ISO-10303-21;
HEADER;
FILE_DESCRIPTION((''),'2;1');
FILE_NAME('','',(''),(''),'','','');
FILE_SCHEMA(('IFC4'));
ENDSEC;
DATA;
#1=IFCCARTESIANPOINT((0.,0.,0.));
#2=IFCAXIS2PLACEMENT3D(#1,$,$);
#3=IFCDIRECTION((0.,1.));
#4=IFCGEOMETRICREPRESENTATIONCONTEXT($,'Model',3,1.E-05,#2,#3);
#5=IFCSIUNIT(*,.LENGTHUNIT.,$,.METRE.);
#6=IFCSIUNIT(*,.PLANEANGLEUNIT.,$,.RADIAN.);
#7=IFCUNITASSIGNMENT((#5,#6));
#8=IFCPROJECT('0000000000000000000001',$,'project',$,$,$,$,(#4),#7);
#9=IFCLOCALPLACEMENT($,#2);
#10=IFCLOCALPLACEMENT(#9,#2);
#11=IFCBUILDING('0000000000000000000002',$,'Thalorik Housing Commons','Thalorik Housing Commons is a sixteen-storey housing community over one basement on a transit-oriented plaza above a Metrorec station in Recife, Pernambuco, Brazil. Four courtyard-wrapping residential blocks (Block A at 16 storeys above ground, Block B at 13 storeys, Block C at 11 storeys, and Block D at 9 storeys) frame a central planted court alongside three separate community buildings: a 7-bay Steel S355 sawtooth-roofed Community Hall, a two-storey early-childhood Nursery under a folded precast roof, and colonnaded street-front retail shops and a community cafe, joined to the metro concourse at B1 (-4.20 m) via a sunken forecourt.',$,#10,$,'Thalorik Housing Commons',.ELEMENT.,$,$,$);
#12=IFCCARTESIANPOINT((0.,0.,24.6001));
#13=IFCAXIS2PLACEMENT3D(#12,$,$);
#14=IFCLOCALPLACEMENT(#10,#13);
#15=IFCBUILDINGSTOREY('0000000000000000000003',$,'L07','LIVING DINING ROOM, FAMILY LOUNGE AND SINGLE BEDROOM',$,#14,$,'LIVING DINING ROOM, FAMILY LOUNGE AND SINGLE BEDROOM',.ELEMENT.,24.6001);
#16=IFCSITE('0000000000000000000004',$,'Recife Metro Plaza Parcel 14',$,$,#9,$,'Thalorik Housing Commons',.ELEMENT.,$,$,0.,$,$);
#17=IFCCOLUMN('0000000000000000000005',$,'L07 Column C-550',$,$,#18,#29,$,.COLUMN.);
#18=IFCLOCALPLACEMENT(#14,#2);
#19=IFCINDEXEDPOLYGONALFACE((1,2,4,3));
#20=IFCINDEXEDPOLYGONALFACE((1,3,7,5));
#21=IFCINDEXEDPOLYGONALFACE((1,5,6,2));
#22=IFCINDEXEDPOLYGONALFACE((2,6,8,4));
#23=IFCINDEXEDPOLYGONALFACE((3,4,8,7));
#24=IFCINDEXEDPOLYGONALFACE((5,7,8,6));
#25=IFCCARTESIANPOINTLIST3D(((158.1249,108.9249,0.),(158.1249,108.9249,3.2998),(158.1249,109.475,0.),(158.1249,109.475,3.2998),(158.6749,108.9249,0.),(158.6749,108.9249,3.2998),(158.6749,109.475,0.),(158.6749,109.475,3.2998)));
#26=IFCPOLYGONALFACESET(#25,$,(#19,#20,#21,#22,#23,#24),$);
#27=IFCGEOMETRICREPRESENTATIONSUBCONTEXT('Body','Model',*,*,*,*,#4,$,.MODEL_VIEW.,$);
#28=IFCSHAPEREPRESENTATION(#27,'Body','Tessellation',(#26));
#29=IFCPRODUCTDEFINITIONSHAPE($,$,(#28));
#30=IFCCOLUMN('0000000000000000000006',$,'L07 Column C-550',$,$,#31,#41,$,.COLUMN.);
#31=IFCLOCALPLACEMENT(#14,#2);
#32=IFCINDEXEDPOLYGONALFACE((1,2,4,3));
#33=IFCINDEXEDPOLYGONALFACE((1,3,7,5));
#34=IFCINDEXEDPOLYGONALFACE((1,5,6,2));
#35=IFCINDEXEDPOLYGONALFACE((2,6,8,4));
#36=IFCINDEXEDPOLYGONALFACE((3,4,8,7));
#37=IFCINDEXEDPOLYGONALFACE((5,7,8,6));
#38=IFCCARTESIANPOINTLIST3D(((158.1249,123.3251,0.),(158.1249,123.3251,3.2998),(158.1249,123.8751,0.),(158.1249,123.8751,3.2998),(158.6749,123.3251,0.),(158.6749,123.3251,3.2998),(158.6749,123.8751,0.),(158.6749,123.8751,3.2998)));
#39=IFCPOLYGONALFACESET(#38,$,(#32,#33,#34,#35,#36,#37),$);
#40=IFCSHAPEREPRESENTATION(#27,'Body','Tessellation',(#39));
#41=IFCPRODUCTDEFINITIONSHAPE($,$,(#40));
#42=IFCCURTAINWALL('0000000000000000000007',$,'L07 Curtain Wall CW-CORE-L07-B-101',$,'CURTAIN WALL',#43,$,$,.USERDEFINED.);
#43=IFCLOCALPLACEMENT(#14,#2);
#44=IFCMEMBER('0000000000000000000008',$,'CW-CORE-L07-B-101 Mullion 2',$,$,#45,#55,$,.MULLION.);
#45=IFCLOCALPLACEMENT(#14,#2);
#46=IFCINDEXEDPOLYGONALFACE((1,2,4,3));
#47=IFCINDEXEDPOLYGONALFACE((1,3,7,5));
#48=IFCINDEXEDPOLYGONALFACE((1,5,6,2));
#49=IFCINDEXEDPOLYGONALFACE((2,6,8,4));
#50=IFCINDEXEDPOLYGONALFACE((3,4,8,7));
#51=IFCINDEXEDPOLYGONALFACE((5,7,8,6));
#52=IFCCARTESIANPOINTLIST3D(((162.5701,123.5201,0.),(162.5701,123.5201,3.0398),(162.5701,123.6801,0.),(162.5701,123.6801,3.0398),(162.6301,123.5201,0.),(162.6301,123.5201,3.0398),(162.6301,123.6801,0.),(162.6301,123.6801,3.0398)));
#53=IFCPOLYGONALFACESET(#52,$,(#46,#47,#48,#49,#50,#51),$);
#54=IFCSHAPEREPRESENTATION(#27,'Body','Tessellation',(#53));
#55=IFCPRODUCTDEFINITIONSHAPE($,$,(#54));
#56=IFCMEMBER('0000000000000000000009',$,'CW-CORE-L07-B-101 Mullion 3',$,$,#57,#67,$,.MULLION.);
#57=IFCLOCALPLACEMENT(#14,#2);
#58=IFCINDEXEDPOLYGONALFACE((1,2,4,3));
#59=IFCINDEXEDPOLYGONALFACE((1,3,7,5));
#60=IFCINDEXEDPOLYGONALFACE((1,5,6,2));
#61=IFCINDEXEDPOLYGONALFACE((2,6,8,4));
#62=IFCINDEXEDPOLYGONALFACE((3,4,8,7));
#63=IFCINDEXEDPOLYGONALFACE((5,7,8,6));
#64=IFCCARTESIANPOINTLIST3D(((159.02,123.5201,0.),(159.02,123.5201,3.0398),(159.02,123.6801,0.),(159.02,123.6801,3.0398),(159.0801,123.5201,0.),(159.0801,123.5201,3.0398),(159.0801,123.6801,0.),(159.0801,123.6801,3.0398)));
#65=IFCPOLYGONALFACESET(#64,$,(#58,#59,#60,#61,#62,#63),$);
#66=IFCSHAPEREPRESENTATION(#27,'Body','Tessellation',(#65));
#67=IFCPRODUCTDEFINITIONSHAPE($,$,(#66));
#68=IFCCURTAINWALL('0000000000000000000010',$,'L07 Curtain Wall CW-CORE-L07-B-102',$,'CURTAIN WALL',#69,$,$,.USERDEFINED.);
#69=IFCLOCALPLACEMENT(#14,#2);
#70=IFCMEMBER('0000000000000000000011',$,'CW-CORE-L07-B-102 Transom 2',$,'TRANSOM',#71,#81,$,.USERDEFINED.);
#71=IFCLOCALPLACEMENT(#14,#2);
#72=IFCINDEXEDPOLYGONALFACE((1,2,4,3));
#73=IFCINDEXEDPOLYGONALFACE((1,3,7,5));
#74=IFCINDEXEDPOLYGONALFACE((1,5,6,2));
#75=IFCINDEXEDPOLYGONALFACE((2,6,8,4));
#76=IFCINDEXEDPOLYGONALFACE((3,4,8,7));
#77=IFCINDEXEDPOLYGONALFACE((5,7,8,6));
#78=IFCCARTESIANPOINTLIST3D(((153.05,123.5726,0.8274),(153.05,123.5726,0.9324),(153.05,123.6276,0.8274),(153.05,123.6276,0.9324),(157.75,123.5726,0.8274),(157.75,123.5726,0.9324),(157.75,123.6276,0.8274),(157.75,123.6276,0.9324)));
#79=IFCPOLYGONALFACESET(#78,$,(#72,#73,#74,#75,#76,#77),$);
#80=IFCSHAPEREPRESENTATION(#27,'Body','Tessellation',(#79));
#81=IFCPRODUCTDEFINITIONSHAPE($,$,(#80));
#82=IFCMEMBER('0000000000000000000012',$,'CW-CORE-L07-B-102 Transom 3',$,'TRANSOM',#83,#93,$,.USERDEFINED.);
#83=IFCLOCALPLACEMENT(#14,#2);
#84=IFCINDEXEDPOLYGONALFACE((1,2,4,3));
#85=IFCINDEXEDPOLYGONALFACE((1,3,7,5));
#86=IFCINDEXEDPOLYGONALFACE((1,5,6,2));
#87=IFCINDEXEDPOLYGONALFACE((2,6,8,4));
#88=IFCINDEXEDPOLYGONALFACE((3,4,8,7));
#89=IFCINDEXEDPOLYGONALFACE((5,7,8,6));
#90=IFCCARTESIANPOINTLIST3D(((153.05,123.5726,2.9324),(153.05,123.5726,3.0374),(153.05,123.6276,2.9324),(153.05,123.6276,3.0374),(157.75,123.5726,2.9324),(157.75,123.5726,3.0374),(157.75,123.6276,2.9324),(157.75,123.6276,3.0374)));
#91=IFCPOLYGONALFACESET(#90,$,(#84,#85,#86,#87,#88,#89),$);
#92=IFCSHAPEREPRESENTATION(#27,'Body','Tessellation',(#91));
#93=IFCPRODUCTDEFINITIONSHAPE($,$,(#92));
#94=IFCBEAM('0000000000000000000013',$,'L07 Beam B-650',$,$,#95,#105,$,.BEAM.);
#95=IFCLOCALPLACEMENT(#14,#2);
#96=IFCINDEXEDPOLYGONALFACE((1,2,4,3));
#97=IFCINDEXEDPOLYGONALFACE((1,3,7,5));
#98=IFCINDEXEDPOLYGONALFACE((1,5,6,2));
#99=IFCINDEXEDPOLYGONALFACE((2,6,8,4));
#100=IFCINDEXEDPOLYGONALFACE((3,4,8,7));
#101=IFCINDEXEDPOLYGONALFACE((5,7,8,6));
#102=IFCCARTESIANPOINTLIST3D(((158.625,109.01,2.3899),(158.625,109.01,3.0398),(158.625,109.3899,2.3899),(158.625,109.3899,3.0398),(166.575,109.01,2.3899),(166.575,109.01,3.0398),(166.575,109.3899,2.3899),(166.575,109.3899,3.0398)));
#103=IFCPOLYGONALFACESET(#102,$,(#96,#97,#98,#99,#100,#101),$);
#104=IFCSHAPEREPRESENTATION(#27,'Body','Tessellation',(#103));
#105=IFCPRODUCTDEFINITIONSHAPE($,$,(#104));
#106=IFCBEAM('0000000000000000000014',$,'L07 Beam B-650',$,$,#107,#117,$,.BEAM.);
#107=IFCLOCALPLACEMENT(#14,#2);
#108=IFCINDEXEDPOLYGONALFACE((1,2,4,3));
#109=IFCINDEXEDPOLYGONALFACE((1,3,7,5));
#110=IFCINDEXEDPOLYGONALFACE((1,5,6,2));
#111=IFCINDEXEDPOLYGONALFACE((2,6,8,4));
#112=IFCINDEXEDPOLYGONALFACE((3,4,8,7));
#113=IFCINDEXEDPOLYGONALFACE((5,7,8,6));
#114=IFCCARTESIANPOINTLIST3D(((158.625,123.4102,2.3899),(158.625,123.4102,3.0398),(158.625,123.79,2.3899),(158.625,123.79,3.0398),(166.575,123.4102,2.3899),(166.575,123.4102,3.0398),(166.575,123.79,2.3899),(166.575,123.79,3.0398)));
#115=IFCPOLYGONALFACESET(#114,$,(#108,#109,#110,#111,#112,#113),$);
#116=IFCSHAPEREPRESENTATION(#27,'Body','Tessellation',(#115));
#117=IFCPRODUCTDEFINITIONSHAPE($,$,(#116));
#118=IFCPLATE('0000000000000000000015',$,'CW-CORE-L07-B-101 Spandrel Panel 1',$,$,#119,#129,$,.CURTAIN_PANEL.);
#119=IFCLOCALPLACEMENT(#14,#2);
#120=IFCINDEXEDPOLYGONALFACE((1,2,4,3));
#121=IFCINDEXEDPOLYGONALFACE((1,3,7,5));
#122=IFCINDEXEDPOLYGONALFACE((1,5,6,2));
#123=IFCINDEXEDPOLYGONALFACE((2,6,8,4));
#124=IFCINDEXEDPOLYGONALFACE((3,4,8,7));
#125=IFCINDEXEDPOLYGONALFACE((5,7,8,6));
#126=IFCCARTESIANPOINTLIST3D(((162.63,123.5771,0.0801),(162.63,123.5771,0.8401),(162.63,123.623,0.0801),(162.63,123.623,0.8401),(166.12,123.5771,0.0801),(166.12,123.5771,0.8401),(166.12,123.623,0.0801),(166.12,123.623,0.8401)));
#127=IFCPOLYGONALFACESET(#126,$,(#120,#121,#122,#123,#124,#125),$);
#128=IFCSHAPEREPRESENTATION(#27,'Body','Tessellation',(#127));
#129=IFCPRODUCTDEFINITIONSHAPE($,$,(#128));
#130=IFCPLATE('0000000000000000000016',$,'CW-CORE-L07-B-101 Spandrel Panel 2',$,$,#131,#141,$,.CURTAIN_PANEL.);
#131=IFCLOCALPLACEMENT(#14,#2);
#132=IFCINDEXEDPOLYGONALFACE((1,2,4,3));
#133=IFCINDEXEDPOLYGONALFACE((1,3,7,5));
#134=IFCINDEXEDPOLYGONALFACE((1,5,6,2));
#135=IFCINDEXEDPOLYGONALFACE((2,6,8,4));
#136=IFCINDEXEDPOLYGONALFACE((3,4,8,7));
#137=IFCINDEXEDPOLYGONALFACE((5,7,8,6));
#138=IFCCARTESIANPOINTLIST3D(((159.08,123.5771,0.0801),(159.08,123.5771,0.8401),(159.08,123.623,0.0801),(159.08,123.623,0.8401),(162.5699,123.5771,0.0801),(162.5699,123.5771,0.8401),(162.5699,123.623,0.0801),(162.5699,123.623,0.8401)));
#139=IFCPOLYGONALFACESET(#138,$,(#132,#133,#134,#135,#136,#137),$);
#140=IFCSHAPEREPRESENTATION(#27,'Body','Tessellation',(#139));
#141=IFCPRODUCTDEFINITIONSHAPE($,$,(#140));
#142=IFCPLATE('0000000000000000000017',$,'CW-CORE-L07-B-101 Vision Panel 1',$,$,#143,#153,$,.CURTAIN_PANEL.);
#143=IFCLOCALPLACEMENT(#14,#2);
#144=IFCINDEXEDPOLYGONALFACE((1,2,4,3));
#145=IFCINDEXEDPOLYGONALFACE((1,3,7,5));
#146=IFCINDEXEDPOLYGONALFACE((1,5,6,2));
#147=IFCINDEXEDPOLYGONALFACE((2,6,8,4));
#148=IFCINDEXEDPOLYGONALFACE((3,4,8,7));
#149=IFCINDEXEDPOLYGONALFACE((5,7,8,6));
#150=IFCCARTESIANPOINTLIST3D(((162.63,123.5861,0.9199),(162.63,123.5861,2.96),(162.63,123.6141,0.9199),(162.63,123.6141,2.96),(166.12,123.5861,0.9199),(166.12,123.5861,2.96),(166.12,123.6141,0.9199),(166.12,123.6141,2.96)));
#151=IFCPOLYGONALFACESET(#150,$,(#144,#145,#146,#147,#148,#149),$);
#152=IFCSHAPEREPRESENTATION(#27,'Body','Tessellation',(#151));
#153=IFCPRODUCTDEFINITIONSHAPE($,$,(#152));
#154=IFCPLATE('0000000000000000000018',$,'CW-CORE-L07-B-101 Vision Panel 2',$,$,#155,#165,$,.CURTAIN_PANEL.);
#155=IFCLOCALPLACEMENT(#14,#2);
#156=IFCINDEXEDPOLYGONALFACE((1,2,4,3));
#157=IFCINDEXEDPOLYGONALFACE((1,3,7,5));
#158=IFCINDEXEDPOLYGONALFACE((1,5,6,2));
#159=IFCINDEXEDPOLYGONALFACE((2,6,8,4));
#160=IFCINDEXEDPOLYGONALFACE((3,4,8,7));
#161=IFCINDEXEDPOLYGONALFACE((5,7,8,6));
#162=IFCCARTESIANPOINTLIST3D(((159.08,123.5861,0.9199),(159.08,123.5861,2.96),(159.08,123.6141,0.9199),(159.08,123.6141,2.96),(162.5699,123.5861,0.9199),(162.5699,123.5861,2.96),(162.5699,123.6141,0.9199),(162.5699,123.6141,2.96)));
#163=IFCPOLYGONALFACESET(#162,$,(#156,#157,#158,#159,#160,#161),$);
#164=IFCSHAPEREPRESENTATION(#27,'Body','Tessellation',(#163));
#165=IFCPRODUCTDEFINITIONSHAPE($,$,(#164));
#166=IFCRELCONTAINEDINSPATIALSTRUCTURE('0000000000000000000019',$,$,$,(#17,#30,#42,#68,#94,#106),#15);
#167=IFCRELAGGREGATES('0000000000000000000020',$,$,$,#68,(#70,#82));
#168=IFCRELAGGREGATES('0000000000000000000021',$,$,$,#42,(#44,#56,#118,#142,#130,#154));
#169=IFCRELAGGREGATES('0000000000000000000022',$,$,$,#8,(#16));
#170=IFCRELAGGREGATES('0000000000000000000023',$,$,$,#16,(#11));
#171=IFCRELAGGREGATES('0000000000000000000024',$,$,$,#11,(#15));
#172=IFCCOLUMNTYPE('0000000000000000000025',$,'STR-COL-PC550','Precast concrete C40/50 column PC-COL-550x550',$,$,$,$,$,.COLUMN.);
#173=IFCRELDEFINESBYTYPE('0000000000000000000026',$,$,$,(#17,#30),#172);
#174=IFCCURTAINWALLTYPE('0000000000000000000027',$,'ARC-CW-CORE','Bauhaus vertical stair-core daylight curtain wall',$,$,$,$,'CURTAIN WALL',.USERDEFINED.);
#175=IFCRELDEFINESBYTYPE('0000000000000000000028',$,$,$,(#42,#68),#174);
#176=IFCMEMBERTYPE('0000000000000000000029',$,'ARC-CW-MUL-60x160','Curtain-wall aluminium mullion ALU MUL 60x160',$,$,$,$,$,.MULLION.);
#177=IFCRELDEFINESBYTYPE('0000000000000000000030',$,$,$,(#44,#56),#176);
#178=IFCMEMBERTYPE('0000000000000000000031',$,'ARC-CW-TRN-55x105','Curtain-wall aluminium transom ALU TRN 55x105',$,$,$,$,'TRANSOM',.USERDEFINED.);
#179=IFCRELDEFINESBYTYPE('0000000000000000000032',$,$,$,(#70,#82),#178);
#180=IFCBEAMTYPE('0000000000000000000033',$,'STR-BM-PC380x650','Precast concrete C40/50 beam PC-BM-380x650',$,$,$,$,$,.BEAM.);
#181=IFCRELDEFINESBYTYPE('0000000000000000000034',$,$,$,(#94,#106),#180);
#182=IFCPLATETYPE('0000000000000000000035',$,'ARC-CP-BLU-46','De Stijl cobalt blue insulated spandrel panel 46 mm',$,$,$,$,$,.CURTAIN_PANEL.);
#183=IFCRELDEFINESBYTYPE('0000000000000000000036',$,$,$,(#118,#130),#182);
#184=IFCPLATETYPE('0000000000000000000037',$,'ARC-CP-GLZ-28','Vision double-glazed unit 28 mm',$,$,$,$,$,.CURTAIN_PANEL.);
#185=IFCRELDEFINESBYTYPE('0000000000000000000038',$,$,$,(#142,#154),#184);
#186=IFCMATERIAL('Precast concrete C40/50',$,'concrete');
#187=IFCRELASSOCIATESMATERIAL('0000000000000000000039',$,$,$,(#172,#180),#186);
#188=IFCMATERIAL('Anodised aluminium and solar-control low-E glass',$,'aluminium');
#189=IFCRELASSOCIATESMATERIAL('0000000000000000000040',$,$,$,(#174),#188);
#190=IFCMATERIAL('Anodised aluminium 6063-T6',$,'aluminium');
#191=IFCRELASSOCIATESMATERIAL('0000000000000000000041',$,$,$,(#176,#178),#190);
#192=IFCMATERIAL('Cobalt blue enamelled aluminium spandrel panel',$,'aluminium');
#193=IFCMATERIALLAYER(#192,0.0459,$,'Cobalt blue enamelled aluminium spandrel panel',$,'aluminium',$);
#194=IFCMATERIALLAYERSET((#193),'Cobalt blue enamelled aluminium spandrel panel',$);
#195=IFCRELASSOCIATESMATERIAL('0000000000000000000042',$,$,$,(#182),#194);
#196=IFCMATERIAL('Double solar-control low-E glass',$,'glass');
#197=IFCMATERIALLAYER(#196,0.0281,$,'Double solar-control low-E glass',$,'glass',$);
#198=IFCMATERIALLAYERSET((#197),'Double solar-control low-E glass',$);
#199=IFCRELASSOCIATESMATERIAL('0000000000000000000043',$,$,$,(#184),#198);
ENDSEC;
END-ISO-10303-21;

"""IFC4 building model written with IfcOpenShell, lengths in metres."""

from ifc_helpers import new_model, si_unit, direction, frame, origin, origin_2d, place, context, subcontext, project, spatial, rectangle, extrude, material, layer, layer_set, material_profile, profile_set, type_object, element, aggregate, save


model = new_model("IFC4")

# Units and contexts
model_context = context("Model", 3, precision=1e-05, world=origin(), true_north=direction((0.0, 1.0)))
body_context = subcontext(model_context, "Body", "Model", "MODEL_VIEW")
ifc_project = project(units=[si_unit("LENGTHUNIT", "METRE"), si_unit("PLANEANGLEUNIT", "RADIAN")], contexts=[model_context])

# Site, building, storey
site_placement = place(None, origin())
site = spatial("IfcSite", under=ifc_project, at=site_placement, Name="Recife Metro Plaza Parcel 14", LongName="Thalorik Housing Commons", CompositionType="ELEMENT", RefElevation=0.0)
building_placement = place(site_placement, origin())
building = spatial("IfcBuilding", under=site, at=building_placement, Name="Thalorik Housing Commons", Description="Thalorik Housing Commons is a sixteen-storey housing community over one basement on a transit-oriented plaza above a Metrorec station in Recife, Pernambuco, Brazil. Four courtyard-wrapping residential blocks (Block A at 16 storeys above ground, Block B at 13 storeys, Block C at 11 storeys, and Block D at 9 storeys) frame a central planted court alongside three separate community buildings: a 7-bay Steel S355 sawtooth-roofed Community Hall, a two-storey early-childhood Nursery under a folded precast roof, and colonnaded street-front retail shops and a community cafe, joined to the metro concourse at B1 (-4.20 m) via a sunken forecourt.", LongName="Thalorik Housing Commons", CompositionType="ELEMENT")
storey_placement = place(building_placement, frame((0.0, 0.0, 24.6001)))
storey = spatial("IfcBuildingStorey", under=building, at=storey_placement, Name="L07", Description="LIVING DINING ROOM, FAMILY LOUNGE AND SINGLE BEDROOM", LongName="LIVING DINING ROOM, FAMILY LOUNGE AND SINGLE BEDROOM", CompositionType="ELEMENT", Elevation=24.6001)

# Columns
ifc_material_1 = material(Name="Precast concrete C40/50", Category="concrete")
ifc_material_profile_1 = material_profile(ifc_material_1, rectangle(XDim=0.55, YDim=0.55, at=origin_2d()), Name="PC 550x550", Category="concrete")
ifc_profile_set_1 = profile_set([ifc_material_profile_1], Name="Precast concrete C40/50")
column_type = type_object("IfcColumnType", Name="STR-COL-PC550", Description="Precast concrete C40/50 column PC-COL-550x550", PredefinedType="COLUMN", material=ifc_profile_set_1)
for number, where, z_axis, x_axis, name in (
    (1, (158.3999, 109.2, 0.0), (0.0, 0.0, 1.0), (1.0, 0.0, 0.0), "L07 Column C-550"),
    (2, (158.3999, 123.6001, 0.0), (0.0, 0.0, 1.0), (1.0, 0.0, 0.0), "L07 Column C-550"),
):
    element("IfcColumn", number, at=place(storey_placement, frame(where, z_axis=z_axis, x_axis=x_axis)), inside=storey, type_object=column_type, Name=name, PredefinedType="COLUMN", context=body_context, shape_type="SweptSolid", body=[
        extrude(rectangle(XDim=0.55, YDim=0.55, at=origin_2d()), origin(), (0.0, 0.0, 1.0), 3.2998),
    ])

# Curtain walls, members
ifc_material_2 = material(Name="Anodised aluminium and solar-control low-E glass", Category="aluminium")
curtain_wall_type = type_object("IfcCurtainWallType", Name="ARC-CW-CORE", Description="Bauhaus vertical stair-core daylight curtain wall", ElementType="CURTAIN WALL", PredefinedType="USERDEFINED", material=ifc_material_2)
curtain_wall_1_placement = place(storey_placement, origin())
curtain_wall_1 = element("IfcCurtainWall", 3, at=curtain_wall_1_placement, inside=storey, type_object=curtain_wall_type, Name="L07 Curtain Wall CW-CORE-L07-B-101", ObjectType="CURTAIN WALL", PredefinedType="USERDEFINED")
ifc_material_3 = material(Name="Anodised aluminium 6063-T6", Category="aluminium")
ifc_material_profile_2 = material_profile(ifc_material_3, rectangle(XDim=0.0601, YDim=0.1599, at=origin_2d()), Name="ALU MUL 60x160", Category="aluminium")
ifc_profile_set_2 = profile_set([ifc_material_profile_2], Name="Anodised aluminium 6063-T6")
member_type_1 = type_object("IfcMemberType", Name="ARC-CW-MUL-60x160", Description="Curtain-wall aluminium mullion ALU MUL 60x160", PredefinedType="MULLION", material=ifc_profile_set_2)
member_1_placement = place(storey_placement, frame((162.6001, 123.6001, 0.0), z_axis=(0.0, 0.0, 1.0), x_axis=(-1.0, 0.0, 0.0)))
member_1 = element("IfcMember", 4, at=member_1_placement, type_object=member_type_1, Name="CW-CORE-L07-B-101 Mullion 2", PredefinedType="MULLION", context=body_context, shape_type="SweptSolid", body=[
    extrude(rectangle(XDim=0.0601, YDim=0.1599, at=origin_2d()), origin(), (0.0, 0.0, 1.0), 3.0398),
])
member_2_placement = place(storey_placement, frame((159.05, 123.6001, 0.0), z_axis=(0.0, 0.0, 1.0), x_axis=(-1.0, 0.0, 0.0)))
member_2 = element("IfcMember", 5, at=member_2_placement, type_object=member_type_1, Name="CW-CORE-L07-B-101 Mullion 3", PredefinedType="MULLION", context=body_context, shape_type="SweptSolid", body=[
    extrude(rectangle(XDim=0.0601, YDim=0.1599, at=origin_2d()), origin(), (0.0, 0.0, 1.0), 3.0398),
])
curtain_wall_2_placement = place(storey_placement, origin())
curtain_wall_2 = element("IfcCurtainWall", 6, at=curtain_wall_2_placement, inside=storey, type_object=curtain_wall_type, Name="L07 Curtain Wall CW-CORE-L07-B-102", ObjectType="CURTAIN WALL", PredefinedType="USERDEFINED")
ifc_material_profile_3 = material_profile(ifc_material_3, rectangle(XDim=0.0549, YDim=0.105, at=origin_2d()), Name="ALU TRN 55x105", Category="aluminium")
ifc_profile_set_3 = profile_set([ifc_material_profile_3], Name="Anodised aluminium 6063-T6")
member_type_2 = type_object("IfcMemberType", Name="ARC-CW-TRN-55x105", Description="Curtain-wall aluminium transom ALU TRN 55x105", ElementType="TRANSOM", PredefinedType="USERDEFINED", material=ifc_profile_set_3)
member_3_placement = place(storey_placement, frame((157.75, 123.6001, 0.8799), z_axis=(-1.0, 0.0, 0.0), x_axis=(0.0, -1.0, 0.0)))
member_3 = element("IfcMember", 7, at=member_3_placement, type_object=member_type_2, Name="CW-CORE-L07-B-102 Transom 2", ObjectType="TRANSOM", PredefinedType="USERDEFINED", context=body_context, shape_type="SweptSolid", body=[
    extrude(rectangle(XDim=0.0549, YDim=0.105, at=origin_2d()), origin(), (0.0, 0.0, 1.0), 4.7),
])
member_4_placement = place(storey_placement, frame((157.75, 123.6001, 2.9849), z_axis=(-1.0, 0.0, 0.0), x_axis=(0.0, -1.0, 0.0)))
member_4 = element("IfcMember", 8, at=member_4_placement, type_object=member_type_2, Name="CW-CORE-L07-B-102 Transom 3", ObjectType="TRANSOM", PredefinedType="USERDEFINED", context=body_context, shape_type="SweptSolid", body=[
    extrude(rectangle(XDim=0.0549, YDim=0.105, at=origin_2d()), origin(), (0.0, 0.0, 1.0), 4.7),
])
aggregate(curtain_wall_2, [member_3, member_4])

# Beams
ifc_material_profile_4 = material_profile(ifc_material_1, rectangle(XDim=0.3799, YDim=0.6499, at=origin_2d()), Name="PC 380x650", Category="concrete")
ifc_profile_set_4 = profile_set([ifc_material_profile_4], Name="Precast concrete C40/50")
beam_type = type_object("IfcBeamType", Name="STR-BM-PC380x650", Description="Precast concrete C40/50 beam PC-BM-380x650", PredefinedType="BEAM", material=ifc_profile_set_4)
for number, where, z_axis, x_axis, name in (
    (9, (158.625, 109.2, 2.7148), (1.0, 0.0, 0.0), (0.0, 1.0, 0.0), "L07 Beam B-650"),
    (10, (158.625, 123.6001, 2.7148), (1.0, 0.0, 0.0), (0.0, 1.0, 0.0), "L07 Beam B-650"),
):
    element("IfcBeam", number, at=place(storey_placement, frame(where, z_axis=z_axis, x_axis=x_axis)), inside=storey, type_object=beam_type, Name=name, PredefinedType="BEAM", context=body_context, shape_type="SweptSolid", body=[
        extrude(rectangle(XDim=0.3799, YDim=0.6499, at=origin_2d()), origin(), (0.0, 0.0, 1.0), 7.95),
    ])

# Plates
ifc_material_4 = material(Name="Cobalt blue enamelled aluminium spandrel panel", Category="aluminium")
ifc_layer_1 = layer(ifc_material_4, 0.0459, Name="Cobalt blue enamelled aluminium spandrel panel", Category="aluminium")
ifc_layer_set_1 = layer_set([ifc_layer_1], Name="Cobalt blue enamelled aluminium spandrel panel")
plate_type_1 = type_object("IfcPlateType", Name="ARC-CP-BLU-46", Description="De Stijl cobalt blue insulated spandrel panel 46 mm", PredefinedType="CURTAIN_PANEL", material=ifc_layer_set_1)
plate_1_placement = place(storey_placement, frame((164.375, 123.6001, 0.0801), z_axis=(0.0, 0.0, 1.0), x_axis=(-1.0, 0.0, 0.0)))
plate_1 = element("IfcPlate", 11, at=plate_1_placement, type_object=plate_type_1, Name="CW-CORE-L07-B-101 Spandrel Panel 1", PredefinedType="CURTAIN_PANEL", context=body_context, shape_type="SweptSolid", body=[
    extrude(rectangle(XDim=3.49, YDim=0.0459, at=origin_2d()), origin(), (0.0, 0.0, 1.0), 0.76),
])
plate_2_placement = place(storey_placement, frame((160.825, 123.6001, 0.0801), z_axis=(0.0, 0.0, 1.0), x_axis=(-1.0, 0.0, 0.0)))
plate_2 = element("IfcPlate", 12, at=plate_2_placement, type_object=plate_type_1, Name="CW-CORE-L07-B-101 Spandrel Panel 2", PredefinedType="CURTAIN_PANEL", context=body_context, shape_type="SweptSolid", body=[
    extrude(rectangle(XDim=3.49, YDim=0.0459, at=origin_2d()), origin(), (0.0, 0.0, 1.0), 0.76),
])
ifc_material_5 = material(Name="Double solar-control low-E glass", Category="glass")
ifc_layer_2 = layer(ifc_material_5, 0.0281, Name="Double solar-control low-E glass", Category="glass")
ifc_layer_set_2 = layer_set([ifc_layer_2], Name="Double solar-control low-E glass")
plate_type_2 = type_object("IfcPlateType", Name="ARC-CP-GLZ-28", Description="Vision double-glazed unit 28 mm", PredefinedType="CURTAIN_PANEL", material=ifc_layer_set_2)
plate_3_placement = place(storey_placement, frame((164.375, 123.6001, 0.9199), z_axis=(0.0, 0.0, 1.0), x_axis=(-1.0, 0.0, 0.0)))
plate_3 = element("IfcPlate", 13, at=plate_3_placement, type_object=plate_type_2, Name="CW-CORE-L07-B-101 Vision Panel 1", PredefinedType="CURTAIN_PANEL", context=body_context, shape_type="SweptSolid", body=[
    extrude(rectangle(XDim=3.49, YDim=0.0281, at=origin_2d()), origin(), (0.0, 0.0, 1.0), 2.04),
])
plate_4_placement = place(storey_placement, frame((160.825, 123.6001, 0.9199), z_axis=(0.0, 0.0, 1.0), x_axis=(-1.0, 0.0, 0.0)))
plate_4 = element("IfcPlate", 14, at=plate_4_placement, type_object=plate_type_2, Name="CW-CORE-L07-B-101 Vision Panel 2", PredefinedType="CURTAIN_PANEL", context=body_context, shape_type="SweptSolid", body=[
    extrude(rectangle(XDim=3.49, YDim=0.0281, at=origin_2d()), origin(), (0.0, 0.0, 1.0), 2.04),
])
aggregate(curtain_wall_1, [member_1, member_2, plate_1, plate_3, plate_2, plate_4])

save(model, "model.ifc")
